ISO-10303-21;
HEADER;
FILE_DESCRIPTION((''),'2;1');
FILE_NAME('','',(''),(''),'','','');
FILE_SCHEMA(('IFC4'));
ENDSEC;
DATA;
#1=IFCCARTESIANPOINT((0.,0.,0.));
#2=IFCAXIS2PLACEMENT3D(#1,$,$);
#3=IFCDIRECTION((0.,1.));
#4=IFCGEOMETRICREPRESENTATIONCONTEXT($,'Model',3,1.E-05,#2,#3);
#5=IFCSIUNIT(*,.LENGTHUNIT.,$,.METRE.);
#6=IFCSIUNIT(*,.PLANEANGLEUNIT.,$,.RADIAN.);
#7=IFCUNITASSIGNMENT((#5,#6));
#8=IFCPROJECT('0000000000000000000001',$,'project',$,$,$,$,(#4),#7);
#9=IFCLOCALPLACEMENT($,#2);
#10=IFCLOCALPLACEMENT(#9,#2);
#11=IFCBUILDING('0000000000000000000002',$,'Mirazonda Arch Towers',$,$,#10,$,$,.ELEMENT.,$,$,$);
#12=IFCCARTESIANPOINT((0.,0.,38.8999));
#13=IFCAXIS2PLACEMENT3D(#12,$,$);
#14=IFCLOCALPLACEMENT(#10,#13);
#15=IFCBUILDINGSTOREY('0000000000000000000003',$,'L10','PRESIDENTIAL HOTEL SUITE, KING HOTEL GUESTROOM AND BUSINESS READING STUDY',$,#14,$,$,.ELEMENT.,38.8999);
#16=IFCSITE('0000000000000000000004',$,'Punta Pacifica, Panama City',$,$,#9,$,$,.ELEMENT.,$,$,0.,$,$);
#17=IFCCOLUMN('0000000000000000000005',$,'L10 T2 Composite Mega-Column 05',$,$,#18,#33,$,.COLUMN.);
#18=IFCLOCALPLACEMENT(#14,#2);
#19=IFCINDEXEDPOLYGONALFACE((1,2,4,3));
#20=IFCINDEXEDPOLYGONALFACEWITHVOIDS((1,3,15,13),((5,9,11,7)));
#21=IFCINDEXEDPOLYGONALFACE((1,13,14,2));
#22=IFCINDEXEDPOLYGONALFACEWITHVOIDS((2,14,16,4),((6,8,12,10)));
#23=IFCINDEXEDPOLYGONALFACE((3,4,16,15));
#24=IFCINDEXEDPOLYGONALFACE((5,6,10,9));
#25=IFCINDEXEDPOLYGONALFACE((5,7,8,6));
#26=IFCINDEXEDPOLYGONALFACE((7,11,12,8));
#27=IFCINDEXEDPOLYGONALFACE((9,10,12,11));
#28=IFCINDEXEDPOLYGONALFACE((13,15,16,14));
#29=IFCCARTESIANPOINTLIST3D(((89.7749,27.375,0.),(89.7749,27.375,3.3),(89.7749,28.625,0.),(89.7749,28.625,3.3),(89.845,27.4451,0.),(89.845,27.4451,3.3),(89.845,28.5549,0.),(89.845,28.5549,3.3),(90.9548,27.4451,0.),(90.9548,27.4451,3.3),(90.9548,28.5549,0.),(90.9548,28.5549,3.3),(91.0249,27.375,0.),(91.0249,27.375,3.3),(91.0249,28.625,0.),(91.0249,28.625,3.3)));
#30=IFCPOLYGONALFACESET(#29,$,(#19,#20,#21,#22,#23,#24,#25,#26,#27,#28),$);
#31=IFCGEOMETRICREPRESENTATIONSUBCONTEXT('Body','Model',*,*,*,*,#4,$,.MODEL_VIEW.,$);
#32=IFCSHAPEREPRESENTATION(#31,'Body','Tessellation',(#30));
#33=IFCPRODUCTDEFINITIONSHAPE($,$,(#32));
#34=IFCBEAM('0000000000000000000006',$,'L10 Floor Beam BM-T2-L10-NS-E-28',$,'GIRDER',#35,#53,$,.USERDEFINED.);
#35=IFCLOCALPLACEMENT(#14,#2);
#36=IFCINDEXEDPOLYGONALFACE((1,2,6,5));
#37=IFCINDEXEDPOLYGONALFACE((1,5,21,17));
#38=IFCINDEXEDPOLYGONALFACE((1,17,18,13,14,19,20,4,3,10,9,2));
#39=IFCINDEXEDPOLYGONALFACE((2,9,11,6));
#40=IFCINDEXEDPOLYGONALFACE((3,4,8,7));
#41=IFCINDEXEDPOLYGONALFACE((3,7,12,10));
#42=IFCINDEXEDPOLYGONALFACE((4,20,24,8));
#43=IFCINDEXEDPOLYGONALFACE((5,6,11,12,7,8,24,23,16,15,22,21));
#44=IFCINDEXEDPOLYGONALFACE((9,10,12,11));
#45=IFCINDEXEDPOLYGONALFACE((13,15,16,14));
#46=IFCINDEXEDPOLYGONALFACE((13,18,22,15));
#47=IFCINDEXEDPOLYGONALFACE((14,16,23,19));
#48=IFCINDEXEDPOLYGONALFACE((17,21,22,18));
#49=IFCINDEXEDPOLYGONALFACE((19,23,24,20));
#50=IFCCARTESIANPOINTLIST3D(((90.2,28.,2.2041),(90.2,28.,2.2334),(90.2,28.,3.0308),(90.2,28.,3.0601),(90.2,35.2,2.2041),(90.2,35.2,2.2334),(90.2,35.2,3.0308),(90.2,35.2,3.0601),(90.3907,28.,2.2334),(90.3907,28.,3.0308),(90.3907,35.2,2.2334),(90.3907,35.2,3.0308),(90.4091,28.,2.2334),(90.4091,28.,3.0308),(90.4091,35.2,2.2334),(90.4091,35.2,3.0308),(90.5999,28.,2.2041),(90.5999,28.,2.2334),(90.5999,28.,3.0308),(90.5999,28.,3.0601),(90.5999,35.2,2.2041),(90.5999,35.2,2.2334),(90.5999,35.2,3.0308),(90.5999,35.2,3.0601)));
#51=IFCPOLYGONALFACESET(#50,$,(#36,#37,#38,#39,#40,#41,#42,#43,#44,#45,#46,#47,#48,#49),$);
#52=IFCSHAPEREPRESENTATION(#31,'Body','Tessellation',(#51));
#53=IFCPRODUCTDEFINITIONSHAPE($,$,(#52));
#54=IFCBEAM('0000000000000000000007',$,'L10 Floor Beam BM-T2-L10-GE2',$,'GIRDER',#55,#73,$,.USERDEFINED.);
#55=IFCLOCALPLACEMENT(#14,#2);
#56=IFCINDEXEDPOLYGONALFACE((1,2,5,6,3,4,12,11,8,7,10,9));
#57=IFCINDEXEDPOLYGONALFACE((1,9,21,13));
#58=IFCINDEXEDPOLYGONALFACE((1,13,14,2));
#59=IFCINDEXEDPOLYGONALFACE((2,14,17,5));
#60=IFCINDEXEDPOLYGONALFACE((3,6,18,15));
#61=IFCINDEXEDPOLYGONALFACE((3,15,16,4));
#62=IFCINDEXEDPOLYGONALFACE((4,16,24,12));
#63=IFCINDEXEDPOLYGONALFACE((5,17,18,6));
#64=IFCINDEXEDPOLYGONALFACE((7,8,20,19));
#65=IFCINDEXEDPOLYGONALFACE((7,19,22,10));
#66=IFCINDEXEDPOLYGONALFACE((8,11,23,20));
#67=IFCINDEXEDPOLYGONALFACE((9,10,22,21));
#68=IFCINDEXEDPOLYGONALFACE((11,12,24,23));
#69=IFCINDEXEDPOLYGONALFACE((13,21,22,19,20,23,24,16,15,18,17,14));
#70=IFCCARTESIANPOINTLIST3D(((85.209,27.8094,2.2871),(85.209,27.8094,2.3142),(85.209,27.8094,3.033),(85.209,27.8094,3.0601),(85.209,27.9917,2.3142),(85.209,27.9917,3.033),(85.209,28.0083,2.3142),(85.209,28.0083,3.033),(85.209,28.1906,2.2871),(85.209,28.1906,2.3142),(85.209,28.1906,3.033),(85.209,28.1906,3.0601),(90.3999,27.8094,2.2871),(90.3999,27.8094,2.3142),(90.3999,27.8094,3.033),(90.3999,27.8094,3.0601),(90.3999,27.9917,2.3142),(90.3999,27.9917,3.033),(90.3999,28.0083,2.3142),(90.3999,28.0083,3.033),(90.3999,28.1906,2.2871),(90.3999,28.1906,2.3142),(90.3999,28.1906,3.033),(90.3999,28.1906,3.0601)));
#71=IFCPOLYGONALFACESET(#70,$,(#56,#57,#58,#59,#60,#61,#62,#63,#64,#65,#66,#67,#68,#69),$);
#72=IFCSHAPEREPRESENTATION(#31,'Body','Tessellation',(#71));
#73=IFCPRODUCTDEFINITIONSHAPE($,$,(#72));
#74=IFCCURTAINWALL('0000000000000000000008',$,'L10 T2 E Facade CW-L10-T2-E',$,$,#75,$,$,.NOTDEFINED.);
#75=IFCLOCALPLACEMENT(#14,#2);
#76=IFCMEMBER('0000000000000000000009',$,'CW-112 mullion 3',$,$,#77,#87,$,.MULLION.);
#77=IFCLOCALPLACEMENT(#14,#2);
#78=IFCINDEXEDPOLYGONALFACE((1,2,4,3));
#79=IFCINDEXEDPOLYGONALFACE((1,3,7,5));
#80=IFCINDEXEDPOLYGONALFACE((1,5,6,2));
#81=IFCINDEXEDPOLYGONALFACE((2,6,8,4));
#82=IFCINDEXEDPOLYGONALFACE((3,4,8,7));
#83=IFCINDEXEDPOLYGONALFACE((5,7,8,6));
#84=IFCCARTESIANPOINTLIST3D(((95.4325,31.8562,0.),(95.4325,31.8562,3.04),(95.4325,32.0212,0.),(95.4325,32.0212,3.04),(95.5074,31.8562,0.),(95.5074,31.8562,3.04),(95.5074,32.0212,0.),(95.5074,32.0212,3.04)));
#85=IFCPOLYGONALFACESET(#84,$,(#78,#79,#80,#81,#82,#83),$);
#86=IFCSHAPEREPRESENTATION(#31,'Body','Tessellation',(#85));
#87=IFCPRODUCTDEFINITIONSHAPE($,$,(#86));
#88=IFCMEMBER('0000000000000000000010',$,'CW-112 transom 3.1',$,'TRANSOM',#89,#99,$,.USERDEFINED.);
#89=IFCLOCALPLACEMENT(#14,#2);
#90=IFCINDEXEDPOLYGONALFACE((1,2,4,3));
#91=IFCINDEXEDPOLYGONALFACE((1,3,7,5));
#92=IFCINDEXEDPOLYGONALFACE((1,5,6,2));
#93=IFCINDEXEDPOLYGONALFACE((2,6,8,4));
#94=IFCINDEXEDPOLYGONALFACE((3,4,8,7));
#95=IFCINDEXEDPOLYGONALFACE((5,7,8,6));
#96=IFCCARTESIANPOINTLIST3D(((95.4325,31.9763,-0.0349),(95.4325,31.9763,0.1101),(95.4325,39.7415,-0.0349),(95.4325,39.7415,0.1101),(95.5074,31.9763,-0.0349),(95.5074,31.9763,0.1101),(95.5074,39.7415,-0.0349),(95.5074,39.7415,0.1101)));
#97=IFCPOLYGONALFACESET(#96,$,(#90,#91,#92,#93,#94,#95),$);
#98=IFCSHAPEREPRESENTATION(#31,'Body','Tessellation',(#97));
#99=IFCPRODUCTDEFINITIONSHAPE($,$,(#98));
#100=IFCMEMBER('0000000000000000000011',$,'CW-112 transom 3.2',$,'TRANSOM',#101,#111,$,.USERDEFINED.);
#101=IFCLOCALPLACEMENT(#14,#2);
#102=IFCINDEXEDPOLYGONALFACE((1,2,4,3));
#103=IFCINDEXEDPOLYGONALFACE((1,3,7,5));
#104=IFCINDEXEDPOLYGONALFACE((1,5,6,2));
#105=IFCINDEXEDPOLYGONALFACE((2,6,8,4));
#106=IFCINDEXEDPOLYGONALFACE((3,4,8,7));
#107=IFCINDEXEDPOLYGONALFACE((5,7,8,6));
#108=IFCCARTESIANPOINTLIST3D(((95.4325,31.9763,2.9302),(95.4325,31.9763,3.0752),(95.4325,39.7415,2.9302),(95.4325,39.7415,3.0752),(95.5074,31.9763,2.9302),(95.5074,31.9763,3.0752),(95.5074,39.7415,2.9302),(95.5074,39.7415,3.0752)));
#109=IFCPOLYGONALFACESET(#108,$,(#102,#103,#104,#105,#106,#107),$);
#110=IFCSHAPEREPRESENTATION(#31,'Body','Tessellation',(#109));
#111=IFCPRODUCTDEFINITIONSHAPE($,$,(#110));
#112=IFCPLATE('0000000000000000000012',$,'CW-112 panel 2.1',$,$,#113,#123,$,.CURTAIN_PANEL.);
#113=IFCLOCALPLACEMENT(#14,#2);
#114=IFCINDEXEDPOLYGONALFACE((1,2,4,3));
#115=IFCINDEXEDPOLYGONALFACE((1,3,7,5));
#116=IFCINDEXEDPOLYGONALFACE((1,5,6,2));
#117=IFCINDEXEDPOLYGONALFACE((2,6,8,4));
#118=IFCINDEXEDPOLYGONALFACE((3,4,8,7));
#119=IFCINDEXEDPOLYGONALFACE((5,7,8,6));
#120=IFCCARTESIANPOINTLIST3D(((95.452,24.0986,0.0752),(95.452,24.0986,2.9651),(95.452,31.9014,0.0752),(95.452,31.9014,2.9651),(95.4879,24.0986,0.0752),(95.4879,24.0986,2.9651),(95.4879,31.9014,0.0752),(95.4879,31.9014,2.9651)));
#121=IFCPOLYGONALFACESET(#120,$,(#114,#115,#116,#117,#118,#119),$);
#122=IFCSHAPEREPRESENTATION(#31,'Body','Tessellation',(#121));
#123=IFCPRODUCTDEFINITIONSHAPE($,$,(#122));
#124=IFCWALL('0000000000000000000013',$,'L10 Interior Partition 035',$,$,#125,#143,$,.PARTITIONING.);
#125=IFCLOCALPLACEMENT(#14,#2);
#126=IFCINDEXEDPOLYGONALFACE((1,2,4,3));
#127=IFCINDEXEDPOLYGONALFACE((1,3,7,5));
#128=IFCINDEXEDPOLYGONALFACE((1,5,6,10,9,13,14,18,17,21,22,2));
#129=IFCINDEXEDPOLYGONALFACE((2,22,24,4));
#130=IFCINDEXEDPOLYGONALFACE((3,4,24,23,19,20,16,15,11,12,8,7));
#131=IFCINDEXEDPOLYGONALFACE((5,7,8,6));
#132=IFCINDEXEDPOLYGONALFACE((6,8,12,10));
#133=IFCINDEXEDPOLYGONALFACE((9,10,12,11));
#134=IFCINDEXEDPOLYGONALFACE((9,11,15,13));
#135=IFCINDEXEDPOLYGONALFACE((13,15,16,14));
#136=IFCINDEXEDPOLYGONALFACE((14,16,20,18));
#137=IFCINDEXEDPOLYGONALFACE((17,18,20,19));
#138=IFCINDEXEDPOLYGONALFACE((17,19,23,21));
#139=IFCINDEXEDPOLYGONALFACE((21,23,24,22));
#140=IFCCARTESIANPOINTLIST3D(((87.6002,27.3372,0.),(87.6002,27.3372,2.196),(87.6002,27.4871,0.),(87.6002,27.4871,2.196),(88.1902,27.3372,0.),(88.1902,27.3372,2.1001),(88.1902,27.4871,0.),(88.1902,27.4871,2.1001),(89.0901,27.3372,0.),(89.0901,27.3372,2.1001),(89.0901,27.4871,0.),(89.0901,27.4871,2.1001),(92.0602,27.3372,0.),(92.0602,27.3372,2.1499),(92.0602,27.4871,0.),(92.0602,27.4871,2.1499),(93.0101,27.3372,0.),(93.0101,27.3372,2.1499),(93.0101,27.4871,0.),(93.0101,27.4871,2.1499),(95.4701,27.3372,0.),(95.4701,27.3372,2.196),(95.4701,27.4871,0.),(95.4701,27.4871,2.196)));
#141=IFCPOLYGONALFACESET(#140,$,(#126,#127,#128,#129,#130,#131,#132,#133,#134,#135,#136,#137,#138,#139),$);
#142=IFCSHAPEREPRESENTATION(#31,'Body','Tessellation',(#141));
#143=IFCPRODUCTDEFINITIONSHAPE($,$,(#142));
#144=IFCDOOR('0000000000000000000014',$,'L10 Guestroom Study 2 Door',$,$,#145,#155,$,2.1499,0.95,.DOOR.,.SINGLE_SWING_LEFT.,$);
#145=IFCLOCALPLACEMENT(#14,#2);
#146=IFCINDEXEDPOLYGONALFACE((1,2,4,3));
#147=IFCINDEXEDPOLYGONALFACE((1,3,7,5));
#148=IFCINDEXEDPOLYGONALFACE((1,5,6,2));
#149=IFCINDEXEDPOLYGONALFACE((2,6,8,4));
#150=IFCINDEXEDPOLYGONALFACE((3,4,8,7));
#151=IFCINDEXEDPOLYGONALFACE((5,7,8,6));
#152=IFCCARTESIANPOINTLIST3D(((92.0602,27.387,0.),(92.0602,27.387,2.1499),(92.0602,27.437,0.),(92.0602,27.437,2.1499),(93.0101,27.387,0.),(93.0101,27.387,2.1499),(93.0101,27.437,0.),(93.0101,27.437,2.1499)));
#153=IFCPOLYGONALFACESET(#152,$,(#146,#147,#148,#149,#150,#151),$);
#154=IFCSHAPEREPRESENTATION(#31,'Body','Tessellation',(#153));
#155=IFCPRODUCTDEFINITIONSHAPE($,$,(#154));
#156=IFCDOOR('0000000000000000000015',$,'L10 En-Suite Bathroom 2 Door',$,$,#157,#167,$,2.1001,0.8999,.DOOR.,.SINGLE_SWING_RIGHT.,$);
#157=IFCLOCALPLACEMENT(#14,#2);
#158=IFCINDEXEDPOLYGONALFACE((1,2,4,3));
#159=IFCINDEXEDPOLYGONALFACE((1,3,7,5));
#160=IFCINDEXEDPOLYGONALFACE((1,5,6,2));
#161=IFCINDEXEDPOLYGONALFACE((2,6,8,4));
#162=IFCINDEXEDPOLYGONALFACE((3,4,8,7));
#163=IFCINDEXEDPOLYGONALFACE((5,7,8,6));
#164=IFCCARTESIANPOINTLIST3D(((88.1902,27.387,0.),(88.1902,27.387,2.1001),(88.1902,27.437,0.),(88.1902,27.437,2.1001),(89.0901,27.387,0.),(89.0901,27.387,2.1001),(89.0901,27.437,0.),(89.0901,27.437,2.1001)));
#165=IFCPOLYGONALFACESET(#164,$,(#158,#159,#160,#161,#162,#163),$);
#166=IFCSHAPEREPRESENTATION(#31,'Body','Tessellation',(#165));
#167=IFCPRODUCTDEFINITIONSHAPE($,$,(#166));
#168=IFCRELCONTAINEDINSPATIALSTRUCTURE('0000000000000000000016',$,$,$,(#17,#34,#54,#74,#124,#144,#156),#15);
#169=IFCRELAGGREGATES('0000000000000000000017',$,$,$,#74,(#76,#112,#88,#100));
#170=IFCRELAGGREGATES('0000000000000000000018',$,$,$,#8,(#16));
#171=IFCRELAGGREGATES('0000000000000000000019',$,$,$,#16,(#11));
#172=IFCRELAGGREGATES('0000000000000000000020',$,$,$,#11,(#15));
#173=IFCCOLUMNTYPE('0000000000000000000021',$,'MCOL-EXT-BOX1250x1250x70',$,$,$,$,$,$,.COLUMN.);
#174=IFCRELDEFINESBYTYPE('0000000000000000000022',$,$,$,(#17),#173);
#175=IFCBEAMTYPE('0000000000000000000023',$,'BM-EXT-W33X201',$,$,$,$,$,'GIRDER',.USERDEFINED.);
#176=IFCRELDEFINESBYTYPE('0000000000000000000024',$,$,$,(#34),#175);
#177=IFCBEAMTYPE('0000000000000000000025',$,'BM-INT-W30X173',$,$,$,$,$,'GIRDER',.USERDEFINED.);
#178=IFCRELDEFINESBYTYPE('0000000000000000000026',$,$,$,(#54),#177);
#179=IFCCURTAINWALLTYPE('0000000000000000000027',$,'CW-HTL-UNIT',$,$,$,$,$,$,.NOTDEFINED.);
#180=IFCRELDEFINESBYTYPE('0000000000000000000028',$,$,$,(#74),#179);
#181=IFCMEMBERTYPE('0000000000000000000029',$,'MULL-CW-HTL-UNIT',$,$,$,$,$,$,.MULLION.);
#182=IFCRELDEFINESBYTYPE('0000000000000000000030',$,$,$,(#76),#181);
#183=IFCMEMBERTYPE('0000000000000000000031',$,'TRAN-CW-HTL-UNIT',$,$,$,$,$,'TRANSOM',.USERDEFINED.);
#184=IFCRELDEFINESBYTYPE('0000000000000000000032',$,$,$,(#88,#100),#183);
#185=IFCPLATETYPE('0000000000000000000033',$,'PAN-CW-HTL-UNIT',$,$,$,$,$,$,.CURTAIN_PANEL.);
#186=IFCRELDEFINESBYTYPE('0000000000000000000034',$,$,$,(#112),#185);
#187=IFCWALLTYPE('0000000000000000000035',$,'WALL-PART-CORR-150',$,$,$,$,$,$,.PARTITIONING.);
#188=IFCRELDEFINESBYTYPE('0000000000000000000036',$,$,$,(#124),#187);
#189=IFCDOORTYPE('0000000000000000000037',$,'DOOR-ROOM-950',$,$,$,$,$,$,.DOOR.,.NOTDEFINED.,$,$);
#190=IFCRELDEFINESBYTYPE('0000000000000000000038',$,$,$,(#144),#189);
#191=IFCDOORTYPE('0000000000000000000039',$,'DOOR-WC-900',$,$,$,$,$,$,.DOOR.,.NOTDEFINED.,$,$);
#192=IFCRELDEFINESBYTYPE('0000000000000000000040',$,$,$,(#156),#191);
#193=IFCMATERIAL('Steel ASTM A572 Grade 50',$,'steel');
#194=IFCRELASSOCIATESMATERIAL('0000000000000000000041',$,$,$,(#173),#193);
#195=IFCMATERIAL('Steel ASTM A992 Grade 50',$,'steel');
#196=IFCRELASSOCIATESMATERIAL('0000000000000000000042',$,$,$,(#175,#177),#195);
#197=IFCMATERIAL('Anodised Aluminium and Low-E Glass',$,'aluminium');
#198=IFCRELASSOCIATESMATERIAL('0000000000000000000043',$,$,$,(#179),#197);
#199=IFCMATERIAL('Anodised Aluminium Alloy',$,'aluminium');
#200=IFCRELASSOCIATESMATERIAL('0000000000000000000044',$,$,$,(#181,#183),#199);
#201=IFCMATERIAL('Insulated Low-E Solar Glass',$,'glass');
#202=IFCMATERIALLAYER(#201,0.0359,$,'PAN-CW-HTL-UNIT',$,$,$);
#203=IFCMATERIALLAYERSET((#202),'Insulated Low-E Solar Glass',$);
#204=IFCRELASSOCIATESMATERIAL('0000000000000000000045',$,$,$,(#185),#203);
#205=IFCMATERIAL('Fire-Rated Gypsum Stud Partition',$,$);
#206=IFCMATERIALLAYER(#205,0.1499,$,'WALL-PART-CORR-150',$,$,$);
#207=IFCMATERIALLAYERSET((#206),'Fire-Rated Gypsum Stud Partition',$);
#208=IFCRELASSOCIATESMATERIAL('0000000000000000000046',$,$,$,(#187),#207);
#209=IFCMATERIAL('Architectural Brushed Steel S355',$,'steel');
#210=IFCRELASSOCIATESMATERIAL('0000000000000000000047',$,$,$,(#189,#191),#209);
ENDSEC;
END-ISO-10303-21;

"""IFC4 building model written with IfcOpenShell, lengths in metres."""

from ifc_helpers import new_model, si_unit, direction, frame, frame_2d, origin, origin_2d, place, context, subcontext, project, spatial, rectangle, hollow_rectangle, i_section, extrude, material, layer, layer_set, material_profile, profile_set, type_object, element, fill, aggregate, save


model = new_model("IFC4")

# Units and contexts
model_context = context("Model", 3, precision=1e-05, world=origin(), true_north=direction((0.0, 1.0)))
body_context = subcontext(model_context, "Body", "Model", "MODEL_VIEW")
ifc_project = project(units=[si_unit("LENGTHUNIT", "METRE"), si_unit("PLANEANGLEUNIT", "RADIAN")], contexts=[model_context])

# Site, building, storey
site_placement = place(None, origin())
site = spatial("IfcSite", under=ifc_project, at=site_placement, Name="Punta Pacifica, Panama City", CompositionType="ELEMENT", RefElevation=0.0)
building_placement = place(site_placement, origin())
building = spatial("IfcBuilding", under=site, at=building_placement, Name="Mirazonda Arch Towers", CompositionType="ELEMENT")
storey_placement = place(building_placement, frame((0.0, 0.0, 38.8999)))
storey = spatial("IfcBuildingStorey", under=building, at=storey_placement, Name="L10", Description="PRESIDENTIAL HOTEL SUITE, KING HOTEL GUESTROOM AND BUSINESS READING STUDY", CompositionType="ELEMENT", Elevation=38.8999)

# Column
ifc_material_1 = material(Name="Steel ASTM A572 Grade 50", Category="steel")
ifc_material_profile_1 = material_profile(ifc_material_1, hollow_rectangle(XDim=1.25, YDim=1.25, WallThickness=0.0701, at=origin_2d()), Name="BOX1250x1250x70")
ifc_profile_set_1 = profile_set([ifc_material_profile_1], Name="Steel ASTM A572 Grade 50")
column_type = type_object("IfcColumnType", Name="MCOL-EXT-BOX1250x1250x70", PredefinedType="COLUMN", material=ifc_profile_set_1)
column_placement = place(storey_placement, frame((90.3999, 28.0, 0.0), z_axis=(0.0, 0.0, 1.0), x_axis=(1.0, 0.0, 0.0)))
element("IfcColumn", 1, at=column_placement, inside=storey, type_object=column_type, Name="L10 T2 Composite Mega-Column 05", PredefinedType="COLUMN", context=body_context, shape_type="SweptSolid", body=[
    extrude(hollow_rectangle(XDim=1.25, YDim=1.25, WallThickness=0.0701, at=origin_2d()), origin(), (0.0, 0.0, 1.0), 3.3),
])

# Beams
ifc_material_2 = material(Name="Steel ASTM A992 Grade 50", Category="steel")
ifc_material_profile_2 = material_profile(ifc_material_2, i_section(OverallWidth=0.3999, OverallDepth=0.856, WebThickness=0.0183, FlangeThickness=0.0293, at=origin_2d()), Name="W33X201")
ifc_profile_set_2 = profile_set([ifc_material_profile_2], Name="Steel ASTM A992 Grade 50")
beam_type_1 = type_object("IfcBeamType", Name="BM-EXT-W33X201", ElementType="GIRDER", PredefinedType="USERDEFINED", material=ifc_profile_set_2)
beam_1_placement = place(storey_placement, frame((90.3999, 28.0, 2.6321), z_axis=(0.0, 1.0, 0.0), x_axis=(-1.0, 0.0, 0.0)))
element("IfcBeam", 2, at=beam_1_placement, inside=storey, type_object=beam_type_1, Name="L10 Floor Beam BM-T2-L10-NS-E-28", ObjectType="GIRDER", PredefinedType="USERDEFINED", context=body_context, shape_type="SweptSolid", body=[
    extrude(i_section(OverallWidth=0.3999, OverallDepth=0.856, WebThickness=0.0183, FlangeThickness=0.0293, at=origin_2d()), origin(), (0.0, 0.0, 1.0), 7.2),
])
ifc_material_profile_3 = material_profile(ifc_material_2, i_section(OverallWidth=0.3811, OverallDepth=0.7729, WebThickness=0.0166, FlangeThickness=0.0271, at=origin_2d()), Name="W30X173")
ifc_profile_set_3 = profile_set([ifc_material_profile_3], Name="Steel ASTM A992 Grade 50")
beam_type_2 = type_object("IfcBeamType", Name="BM-INT-W30X173", ElementType="GIRDER", PredefinedType="USERDEFINED", material=ifc_profile_set_3)
beam_2_placement = place(storey_placement, frame((85.209, 28.0, 2.6736), z_axis=(1.0, 0.0, 0.0), x_axis=(0.0, 1.0, 0.0)))
element("IfcBeam", 3, at=beam_2_placement, inside=storey, type_object=beam_type_2, Name="L10 Floor Beam BM-T2-L10-GE2", ObjectType="GIRDER", PredefinedType="USERDEFINED", context=body_context, shape_type="SweptSolid", body=[
    extrude(i_section(OverallWidth=0.3811, OverallDepth=0.7729, WebThickness=0.0166, FlangeThickness=0.0271, at=origin_2d()), origin(), (0.0, 0.0, 1.0), 5.1909),
])

# Curtain wall, members, plate
ifc_material_3 = material(Name="Anodised Aluminium and Low-E Glass", Category="aluminium")
curtain_wall_type = type_object("IfcCurtainWallType", Name="CW-HTL-UNIT", PredefinedType="NOTDEFINED", material=ifc_material_3)
curtain_wall_placement = place(storey_placement, origin())
curtain_wall = element("IfcCurtainWall", 4, at=curtain_wall_placement, inside=storey, type_object=curtain_wall_type, Name="L10 T2 E Facade CW-L10-T2-E", PredefinedType="NOTDEFINED")
ifc_material_4 = material(Name="Anodised Aluminium Alloy", Category="aluminium")
ifc_material_profile_4 = material_profile(ifc_material_4, rectangle(XDim=0.075, YDim=0.165, at=origin_2d()), Name="ALU-MULL-75x165")
ifc_profile_set_4 = profile_set([ifc_material_profile_4], Name="Anodised Aluminium Alloy")
member_type_1 = type_object("IfcMemberType", Name="MULL-CW-HTL-UNIT", PredefinedType="MULLION", material=ifc_profile_set_4)
member_1_placement = place(storey_placement, frame((95.47, 31.9387, 0.0), z_axis=(0.0, 0.0, 1.0), x_axis=(-1.0, 0.0, 0.0)))
member_1 = element("IfcMember", 5, at=member_1_placement, type_object=member_type_1, Name="CW-112 mullion 3", PredefinedType="MULLION", context=body_context, shape_type="SweptSolid", body=[
    extrude(rectangle(XDim=0.075, YDim=0.165, at=origin_2d()), origin(), (0.0, 0.0, 1.0), 3.04),
])
ifc_material_profile_5 = material_profile(ifc_material_4, rectangle(XDim=0.075, YDim=0.145, at=origin_2d()), Name="ALU-TRAN-75x145")
ifc_profile_set_5 = profile_set([ifc_material_profile_5], Name="Anodised Aluminium Alloy")
member_type_2 = type_object("IfcMemberType", Name="TRAN-CW-HTL-UNIT", ElementType="TRANSOM", PredefinedType="USERDEFINED", material=ifc_profile_set_5)
member_2_placement = place(storey_placement, frame((95.47, 31.9763, 0.0376), z_axis=(0.0, 1.0, 0.0), x_axis=(-1.0, 0.0, 0.0)))
member_2 = element("IfcMember", 6, at=member_2_placement, type_object=member_type_2, Name="CW-112 transom 3.1", ObjectType="TRANSOM", PredefinedType="USERDEFINED", context=body_context, shape_type="SweptSolid", body=[
    extrude(rectangle(XDim=0.075, YDim=0.145, at=origin_2d()), origin(), (0.0, 0.0, 1.0), 7.7651),
])
member_3_placement = place(storey_placement, frame((95.47, 31.9763, 3.0027), z_axis=(0.0, 1.0, 0.0), x_axis=(-1.0, 0.0, 0.0)))
member_3 = element("IfcMember", 7, at=member_3_placement, type_object=member_type_2, Name="CW-112 transom 3.2", ObjectType="TRANSOM", PredefinedType="USERDEFINED", context=body_context, shape_type="SweptSolid", body=[
    extrude(rectangle(XDim=0.075, YDim=0.145, at=origin_2d()), origin(), (0.0, 0.0, 1.0), 7.7651),
])
ifc_material_5 = material(Name="Insulated Low-E Solar Glass", Category="glass")
ifc_layer_1 = layer(ifc_material_5, 0.0359, Name="PAN-CW-HTL-UNIT")
ifc_layer_set_1 = layer_set([ifc_layer_1], Name="Insulated Low-E Solar Glass")
plate_type = type_object("IfcPlateType", Name="PAN-CW-HTL-UNIT", PredefinedType="CURTAIN_PANEL", material=ifc_layer_set_1)
plate_placement = place(storey_placement, frame((95.47, 28.0, 0.0752), z_axis=(0.0, 0.0, 1.0), x_axis=(0.0, 1.0, 0.0)))
plate = element("IfcPlate", 8, at=plate_placement, type_object=plate_type, Name="CW-112 panel 2.1", PredefinedType="CURTAIN_PANEL", context=body_context, shape_type="SweptSolid", body=[
    extrude(rectangle(XDim=7.8027, YDim=0.0359, at=origin_2d()), origin(), (0.0, 0.0, 1.0), 2.8899),
])
aggregate(curtain_wall, [member_1, plate, member_2, member_3])

# Wall, openings, doors
ifc_material_6 = material(Name="Fire-Rated Gypsum Stud Partition")
ifc_layer_2 = layer(ifc_material_6, 0.1499, Name="WALL-PART-CORR-150")
ifc_layer_set_2 = layer_set([ifc_layer_2], Name="Fire-Rated Gypsum Stud Partition")
wall_type_1 = type_object("IfcWallType", Name="WALL-PART-CORR-150", PredefinedType="PARTITIONING", material=ifc_layer_set_2)
wall_1_placement = place(storey_placement, frame((87.6001, 27.4121, 0.0), z_axis=(0.0, 0.0, 1.0), x_axis=(1.0, 0.0, 0.0)))
wall_1 = element("IfcWall", 9, at=wall_1_placement, inside=storey, type_object=wall_type_1, Name="L10 Interior Partition 035", PredefinedType="PARTITIONING", context=body_context, shape_type="SweptSolid", body=[
    extrude(rectangle(XDim=7.8699, YDim=0.1499, at=frame_2d((3.9351, 0.0))), origin(), (0.0, 0.0, 1.0), 2.196),
])
opening_1_placement = place(wall_1_placement, frame((4.46, 0.0, 0.0)))
opening_1 = element("IfcOpeningElement", 10, at=opening_1_placement, cuts=wall_1, PredefinedType="OPENING", context=body_context, shape_type="SweptSolid", body=[
    extrude(rectangle(XDim=0.95, YDim=2.1499, at=frame_2d((0.4751, 1.075))), frame((0.0, 0.085, 0.0), z_axis=(0.0, -1.0, 0.0), x_axis=(1.0, 0.0, 0.0)), (0.0, 0.0, 1.0), 0.1699),
])
opening_2_placement = place(wall_1_placement, frame((0.5901, 0.0, 0.0)))
opening_2 = element("IfcOpeningElement", 11, at=opening_2_placement, cuts=wall_1, PredefinedType="OPENING", context=body_context, shape_type="SweptSolid", body=[
    extrude(rectangle(XDim=0.8999, YDim=2.1001, at=frame_2d((0.45, 1.05))), frame((0.0, 0.085, 0.0), z_axis=(0.0, -1.0, 0.0), x_axis=(1.0, 0.0, 0.0)), (0.0, 0.0, 1.0), 0.1699),
])
ifc_material_7 = material(Name="Architectural Brushed Steel S355", Category="steel")
door_type_1 = type_object("IfcDoorType", Name="DOOR-ROOM-950", OperationType="NOTDEFINED", PredefinedType="DOOR", material=ifc_material_7)
door_1_placement = place(opening_1_placement, origin())
door_1 = element("IfcDoor", 12, at=door_1_placement, inside=storey, type_object=door_type_1, Name="L10 Guestroom Study 2 Door", OperationType="SINGLE_SWING_LEFT", OverallHeight=2.1499, OverallWidth=0.95, PredefinedType="DOOR", context=body_context, shape_type="SweptSolid", body=[
    extrude(rectangle(XDim=0.95, YDim=2.1499, at=frame_2d((0.4751, 1.075))), frame((0.0, 0.0249, 0.0), z_axis=(0.0, -1.0, 0.0), x_axis=(1.0, 0.0, 0.0)), (0.0, 0.0, 1.0), 0.05),
])
fill(opening_1, door_1)
door_type_2 = type_object("IfcDoorType", Name="DOOR-WC-900", OperationType="NOTDEFINED", PredefinedType="DOOR", material=ifc_material_7)
door_2_placement = place(opening_2_placement, origin())
door_2 = element("IfcDoor", 13, at=door_2_placement, inside=storey, type_object=door_type_2, Name="L10 En-Suite Bathroom 2 Door", OperationType="SINGLE_SWING_RIGHT", OverallHeight=2.1001, OverallWidth=0.8999, PredefinedType="DOOR", context=body_context, shape_type="SweptSolid", body=[
    extrude(rectangle(XDim=0.8999, YDim=2.1001, at=frame_2d((0.45, 1.05))), frame((0.0, 0.0249, 0.0), z_axis=(0.0, -1.0, 0.0), x_axis=(1.0, 0.0, 0.0)), (0.0, 0.0, 1.0), 0.05),
])
fill(opening_2, door_2)

save(model, "model.ifc")
